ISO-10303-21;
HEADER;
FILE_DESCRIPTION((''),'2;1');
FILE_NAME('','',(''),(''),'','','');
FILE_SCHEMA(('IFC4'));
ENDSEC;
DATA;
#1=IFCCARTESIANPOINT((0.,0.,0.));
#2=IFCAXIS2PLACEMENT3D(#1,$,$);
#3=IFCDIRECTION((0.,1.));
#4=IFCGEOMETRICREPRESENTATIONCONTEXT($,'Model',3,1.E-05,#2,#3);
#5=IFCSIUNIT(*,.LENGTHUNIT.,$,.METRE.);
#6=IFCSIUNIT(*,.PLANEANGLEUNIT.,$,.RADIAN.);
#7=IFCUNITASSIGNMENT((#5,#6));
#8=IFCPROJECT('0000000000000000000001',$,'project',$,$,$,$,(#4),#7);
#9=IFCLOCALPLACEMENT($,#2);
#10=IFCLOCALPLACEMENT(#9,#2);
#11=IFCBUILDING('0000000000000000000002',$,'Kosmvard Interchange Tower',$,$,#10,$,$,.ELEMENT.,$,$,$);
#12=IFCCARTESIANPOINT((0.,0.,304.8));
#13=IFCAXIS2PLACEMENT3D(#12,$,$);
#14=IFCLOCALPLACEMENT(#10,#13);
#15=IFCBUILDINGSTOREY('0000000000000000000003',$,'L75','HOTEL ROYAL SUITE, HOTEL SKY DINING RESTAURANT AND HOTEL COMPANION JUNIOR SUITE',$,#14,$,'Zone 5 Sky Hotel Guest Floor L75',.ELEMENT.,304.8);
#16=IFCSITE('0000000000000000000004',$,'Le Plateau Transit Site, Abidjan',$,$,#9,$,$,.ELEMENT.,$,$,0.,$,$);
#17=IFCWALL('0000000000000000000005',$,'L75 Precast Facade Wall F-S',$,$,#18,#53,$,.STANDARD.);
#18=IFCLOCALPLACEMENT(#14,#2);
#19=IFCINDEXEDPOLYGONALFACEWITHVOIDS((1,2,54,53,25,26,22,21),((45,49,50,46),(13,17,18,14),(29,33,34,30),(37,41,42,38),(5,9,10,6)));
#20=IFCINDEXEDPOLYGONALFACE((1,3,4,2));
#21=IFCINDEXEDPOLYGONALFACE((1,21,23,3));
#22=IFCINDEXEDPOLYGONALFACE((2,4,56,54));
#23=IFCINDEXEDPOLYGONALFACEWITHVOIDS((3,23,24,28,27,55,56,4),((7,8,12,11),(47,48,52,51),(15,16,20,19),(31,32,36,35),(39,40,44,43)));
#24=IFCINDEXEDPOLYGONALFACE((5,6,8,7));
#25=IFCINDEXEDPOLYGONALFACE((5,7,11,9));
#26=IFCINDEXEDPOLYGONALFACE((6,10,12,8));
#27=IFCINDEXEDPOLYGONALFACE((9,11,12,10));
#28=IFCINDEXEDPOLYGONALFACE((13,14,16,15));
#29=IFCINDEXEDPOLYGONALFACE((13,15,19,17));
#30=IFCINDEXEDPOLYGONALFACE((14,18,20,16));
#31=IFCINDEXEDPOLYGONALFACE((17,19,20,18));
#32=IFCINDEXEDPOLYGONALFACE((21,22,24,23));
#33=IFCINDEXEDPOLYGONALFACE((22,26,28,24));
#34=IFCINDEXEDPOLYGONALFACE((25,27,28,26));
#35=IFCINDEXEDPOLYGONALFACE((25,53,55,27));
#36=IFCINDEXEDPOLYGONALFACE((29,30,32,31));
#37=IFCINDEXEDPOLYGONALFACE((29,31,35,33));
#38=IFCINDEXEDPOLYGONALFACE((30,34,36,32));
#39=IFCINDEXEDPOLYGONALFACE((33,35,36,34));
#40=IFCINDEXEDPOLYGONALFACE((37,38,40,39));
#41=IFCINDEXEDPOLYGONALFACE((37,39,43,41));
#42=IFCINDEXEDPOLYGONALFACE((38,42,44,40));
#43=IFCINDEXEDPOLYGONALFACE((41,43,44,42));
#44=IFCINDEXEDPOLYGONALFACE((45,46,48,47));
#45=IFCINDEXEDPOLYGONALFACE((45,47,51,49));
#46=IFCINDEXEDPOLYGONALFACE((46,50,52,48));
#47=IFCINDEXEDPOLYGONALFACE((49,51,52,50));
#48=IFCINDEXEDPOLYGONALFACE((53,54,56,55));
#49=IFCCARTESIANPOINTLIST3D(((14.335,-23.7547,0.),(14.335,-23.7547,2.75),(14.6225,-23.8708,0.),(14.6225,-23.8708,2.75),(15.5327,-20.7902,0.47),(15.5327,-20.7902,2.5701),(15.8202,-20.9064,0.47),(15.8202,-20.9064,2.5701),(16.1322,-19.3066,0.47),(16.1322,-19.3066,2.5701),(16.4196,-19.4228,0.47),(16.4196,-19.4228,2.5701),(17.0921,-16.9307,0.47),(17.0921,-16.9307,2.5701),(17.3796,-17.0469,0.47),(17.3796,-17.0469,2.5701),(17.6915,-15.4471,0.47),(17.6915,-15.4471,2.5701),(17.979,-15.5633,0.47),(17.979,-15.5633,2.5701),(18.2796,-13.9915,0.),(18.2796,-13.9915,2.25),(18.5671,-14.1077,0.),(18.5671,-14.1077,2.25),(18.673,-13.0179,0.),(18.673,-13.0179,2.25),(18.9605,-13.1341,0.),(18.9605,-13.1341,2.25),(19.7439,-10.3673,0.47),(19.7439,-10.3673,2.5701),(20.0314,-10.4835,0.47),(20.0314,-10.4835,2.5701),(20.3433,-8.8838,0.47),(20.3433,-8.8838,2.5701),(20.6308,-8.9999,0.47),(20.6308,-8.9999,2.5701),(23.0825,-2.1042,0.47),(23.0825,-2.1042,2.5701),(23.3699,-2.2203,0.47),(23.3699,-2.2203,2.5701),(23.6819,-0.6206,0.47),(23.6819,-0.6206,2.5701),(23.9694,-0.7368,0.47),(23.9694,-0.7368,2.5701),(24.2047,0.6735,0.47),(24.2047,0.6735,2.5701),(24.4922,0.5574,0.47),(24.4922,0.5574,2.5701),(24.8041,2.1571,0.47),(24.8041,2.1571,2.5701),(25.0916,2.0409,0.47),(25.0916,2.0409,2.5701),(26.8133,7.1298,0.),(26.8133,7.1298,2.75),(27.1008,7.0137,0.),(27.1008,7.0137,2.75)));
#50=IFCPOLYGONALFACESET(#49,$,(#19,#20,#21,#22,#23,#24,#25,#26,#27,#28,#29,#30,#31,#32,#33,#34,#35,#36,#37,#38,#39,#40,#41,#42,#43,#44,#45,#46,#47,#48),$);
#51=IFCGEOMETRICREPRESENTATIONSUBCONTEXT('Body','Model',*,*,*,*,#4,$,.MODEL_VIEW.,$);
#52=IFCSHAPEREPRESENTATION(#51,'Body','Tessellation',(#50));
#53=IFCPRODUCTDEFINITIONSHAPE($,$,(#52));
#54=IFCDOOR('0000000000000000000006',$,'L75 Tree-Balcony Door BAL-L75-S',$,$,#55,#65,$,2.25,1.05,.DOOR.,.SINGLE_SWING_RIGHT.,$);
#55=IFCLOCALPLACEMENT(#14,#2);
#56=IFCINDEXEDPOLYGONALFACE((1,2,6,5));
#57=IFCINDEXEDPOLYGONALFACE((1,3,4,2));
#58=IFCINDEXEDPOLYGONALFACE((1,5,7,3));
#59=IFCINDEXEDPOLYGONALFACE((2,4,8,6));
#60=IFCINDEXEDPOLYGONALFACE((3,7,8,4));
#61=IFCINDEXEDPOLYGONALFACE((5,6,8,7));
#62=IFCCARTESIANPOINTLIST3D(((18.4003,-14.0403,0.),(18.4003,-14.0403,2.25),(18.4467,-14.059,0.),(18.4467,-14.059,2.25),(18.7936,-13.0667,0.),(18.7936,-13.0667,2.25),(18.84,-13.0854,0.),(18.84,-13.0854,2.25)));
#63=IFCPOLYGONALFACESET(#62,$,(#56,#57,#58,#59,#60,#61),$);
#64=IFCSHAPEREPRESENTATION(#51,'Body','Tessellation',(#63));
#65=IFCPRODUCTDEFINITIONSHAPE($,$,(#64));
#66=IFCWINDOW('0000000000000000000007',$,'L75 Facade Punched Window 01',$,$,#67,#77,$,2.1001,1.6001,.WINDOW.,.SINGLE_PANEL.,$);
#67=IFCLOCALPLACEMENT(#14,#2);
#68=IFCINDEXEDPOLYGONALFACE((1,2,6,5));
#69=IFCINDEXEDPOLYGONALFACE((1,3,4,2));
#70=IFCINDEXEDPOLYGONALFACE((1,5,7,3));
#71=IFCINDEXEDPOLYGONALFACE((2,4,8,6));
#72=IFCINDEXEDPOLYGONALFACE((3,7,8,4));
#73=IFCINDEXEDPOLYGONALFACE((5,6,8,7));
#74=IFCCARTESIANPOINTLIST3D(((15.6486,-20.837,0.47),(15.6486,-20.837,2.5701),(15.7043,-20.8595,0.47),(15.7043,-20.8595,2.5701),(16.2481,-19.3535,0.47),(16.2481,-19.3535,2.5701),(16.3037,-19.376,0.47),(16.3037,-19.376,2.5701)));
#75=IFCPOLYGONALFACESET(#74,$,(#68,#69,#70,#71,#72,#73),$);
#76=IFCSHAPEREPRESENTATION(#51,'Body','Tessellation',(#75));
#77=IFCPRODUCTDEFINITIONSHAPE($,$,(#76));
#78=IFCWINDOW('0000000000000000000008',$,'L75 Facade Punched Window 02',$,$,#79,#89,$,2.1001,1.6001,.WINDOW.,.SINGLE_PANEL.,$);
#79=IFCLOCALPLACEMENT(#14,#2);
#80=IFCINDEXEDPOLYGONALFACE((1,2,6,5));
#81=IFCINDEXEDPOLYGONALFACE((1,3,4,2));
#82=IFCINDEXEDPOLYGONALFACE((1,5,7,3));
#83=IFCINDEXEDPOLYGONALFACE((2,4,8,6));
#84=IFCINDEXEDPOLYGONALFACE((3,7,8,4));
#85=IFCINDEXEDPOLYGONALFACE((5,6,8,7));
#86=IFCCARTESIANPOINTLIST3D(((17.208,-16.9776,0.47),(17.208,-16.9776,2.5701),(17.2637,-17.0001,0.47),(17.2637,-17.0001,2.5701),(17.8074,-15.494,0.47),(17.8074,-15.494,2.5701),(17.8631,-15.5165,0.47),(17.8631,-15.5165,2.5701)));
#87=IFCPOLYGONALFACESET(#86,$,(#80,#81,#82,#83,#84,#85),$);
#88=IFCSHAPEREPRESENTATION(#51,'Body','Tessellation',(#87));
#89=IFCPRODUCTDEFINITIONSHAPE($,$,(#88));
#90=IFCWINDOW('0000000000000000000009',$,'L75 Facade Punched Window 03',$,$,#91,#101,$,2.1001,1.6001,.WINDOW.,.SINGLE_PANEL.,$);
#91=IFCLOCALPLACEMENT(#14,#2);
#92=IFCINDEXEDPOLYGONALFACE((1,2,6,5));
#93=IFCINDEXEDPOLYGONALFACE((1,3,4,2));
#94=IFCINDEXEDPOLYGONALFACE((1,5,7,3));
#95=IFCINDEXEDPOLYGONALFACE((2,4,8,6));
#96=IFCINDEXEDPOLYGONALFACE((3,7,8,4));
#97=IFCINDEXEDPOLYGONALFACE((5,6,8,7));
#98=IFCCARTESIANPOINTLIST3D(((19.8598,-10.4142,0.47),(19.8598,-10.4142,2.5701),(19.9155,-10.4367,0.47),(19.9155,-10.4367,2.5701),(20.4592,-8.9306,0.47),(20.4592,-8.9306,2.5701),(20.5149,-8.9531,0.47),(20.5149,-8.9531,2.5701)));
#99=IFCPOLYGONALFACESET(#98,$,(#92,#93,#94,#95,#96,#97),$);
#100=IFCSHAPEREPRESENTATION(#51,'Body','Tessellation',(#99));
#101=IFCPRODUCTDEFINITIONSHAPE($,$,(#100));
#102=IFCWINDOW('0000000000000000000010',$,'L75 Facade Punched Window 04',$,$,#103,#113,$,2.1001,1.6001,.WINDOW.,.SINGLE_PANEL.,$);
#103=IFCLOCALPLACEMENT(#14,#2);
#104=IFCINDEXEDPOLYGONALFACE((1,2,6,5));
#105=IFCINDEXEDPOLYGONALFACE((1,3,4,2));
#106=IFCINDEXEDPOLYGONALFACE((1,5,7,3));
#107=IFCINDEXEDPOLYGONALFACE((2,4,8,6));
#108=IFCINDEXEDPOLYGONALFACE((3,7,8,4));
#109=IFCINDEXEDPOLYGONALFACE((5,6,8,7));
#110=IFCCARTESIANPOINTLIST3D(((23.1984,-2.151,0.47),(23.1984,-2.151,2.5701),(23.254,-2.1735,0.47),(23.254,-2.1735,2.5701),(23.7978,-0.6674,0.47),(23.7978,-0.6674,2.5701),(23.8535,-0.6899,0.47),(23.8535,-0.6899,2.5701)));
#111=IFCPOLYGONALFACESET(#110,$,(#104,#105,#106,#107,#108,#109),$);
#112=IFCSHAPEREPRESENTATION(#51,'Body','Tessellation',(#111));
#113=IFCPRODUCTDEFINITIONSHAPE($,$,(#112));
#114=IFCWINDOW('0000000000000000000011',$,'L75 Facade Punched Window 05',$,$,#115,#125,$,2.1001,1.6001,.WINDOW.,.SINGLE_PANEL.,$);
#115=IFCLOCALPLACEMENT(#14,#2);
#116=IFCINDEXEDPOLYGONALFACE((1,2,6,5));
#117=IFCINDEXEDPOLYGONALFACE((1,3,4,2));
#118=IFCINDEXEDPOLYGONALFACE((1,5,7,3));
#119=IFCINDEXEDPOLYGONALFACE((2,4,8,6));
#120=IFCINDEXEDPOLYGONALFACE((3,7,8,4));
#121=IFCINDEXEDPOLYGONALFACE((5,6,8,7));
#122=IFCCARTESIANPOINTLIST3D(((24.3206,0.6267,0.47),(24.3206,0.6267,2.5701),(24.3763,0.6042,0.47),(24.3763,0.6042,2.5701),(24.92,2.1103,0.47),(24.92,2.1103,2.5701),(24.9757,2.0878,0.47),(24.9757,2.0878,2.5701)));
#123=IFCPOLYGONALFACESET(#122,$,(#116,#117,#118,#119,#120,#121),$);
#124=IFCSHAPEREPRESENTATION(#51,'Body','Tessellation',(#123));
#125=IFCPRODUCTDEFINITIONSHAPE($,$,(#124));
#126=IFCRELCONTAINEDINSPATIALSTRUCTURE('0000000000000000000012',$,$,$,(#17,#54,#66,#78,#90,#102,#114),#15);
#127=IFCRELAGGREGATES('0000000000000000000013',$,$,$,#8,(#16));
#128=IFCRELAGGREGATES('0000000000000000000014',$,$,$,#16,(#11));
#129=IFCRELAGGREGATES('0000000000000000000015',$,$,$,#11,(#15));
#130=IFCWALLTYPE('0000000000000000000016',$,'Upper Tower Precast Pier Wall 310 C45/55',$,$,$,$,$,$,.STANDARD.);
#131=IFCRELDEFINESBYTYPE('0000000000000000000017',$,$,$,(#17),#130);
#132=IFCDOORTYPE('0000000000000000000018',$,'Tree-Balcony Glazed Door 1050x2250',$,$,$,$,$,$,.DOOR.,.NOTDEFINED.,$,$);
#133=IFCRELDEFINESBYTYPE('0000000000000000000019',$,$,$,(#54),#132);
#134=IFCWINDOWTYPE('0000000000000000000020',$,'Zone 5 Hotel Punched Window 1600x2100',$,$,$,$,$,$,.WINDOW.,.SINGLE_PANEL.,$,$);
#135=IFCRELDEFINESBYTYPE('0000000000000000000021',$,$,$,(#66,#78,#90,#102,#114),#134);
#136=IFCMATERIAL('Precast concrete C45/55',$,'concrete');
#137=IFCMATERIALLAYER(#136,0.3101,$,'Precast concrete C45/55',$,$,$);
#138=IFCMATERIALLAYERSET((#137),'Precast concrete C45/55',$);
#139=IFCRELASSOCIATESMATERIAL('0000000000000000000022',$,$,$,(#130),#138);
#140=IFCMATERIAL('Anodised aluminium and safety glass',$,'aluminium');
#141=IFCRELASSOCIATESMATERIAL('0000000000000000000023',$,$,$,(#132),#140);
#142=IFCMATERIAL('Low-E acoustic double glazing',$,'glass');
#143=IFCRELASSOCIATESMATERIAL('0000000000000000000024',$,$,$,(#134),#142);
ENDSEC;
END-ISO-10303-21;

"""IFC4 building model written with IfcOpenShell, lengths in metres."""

from ifc_helpers import new_model, si_unit, direction, frame, frame_2d, origin, place, context, subcontext, project, spatial, rectangle, extrude, source, transform, mapped, material, layer, layer_set, type_object, element, fill, save


model = new_model("IFC4")

# Units and contexts
model_context = context("Model", 3, precision=1e-05, world=origin(), true_north=direction((0.0, 1.0)))
body_context = subcontext(model_context, "Body", "Model", "MODEL_VIEW")
ifc_project = project(units=[si_unit("LENGTHUNIT", "METRE"), si_unit("PLANEANGLEUNIT", "RADIAN")], contexts=[model_context])

# Site, building, storey
site_placement = place(None, origin())
site = spatial("IfcSite", under=ifc_project, at=site_placement, Name="Le Plateau Transit Site, Abidjan", CompositionType="ELEMENT", RefElevation=0.0)
building_placement = place(site_placement, origin())
building = spatial("IfcBuilding", under=site, at=building_placement, Name="Kosmvard Interchange Tower", CompositionType="ELEMENT")
storey_placement = place(building_placement, frame((0.0, 0.0, 304.8)))
storey = spatial("IfcBuildingStorey", under=building, at=storey_placement, Name="L75", Description="HOTEL ROYAL SUITE, HOTEL SKY DINING RESTAURANT AND HOTEL COMPANION JUNIOR SUITE", LongName="Zone 5 Sky Hotel Guest Floor L75", CompositionType="ELEMENT", Elevation=304.8)

# Wall, openings, door, windows
ifc_material_1 = material(Name="Precast concrete C45/55", Category="concrete")
ifc_layer_1 = layer(ifc_material_1, 0.3101, Name="Precast concrete C45/55")
ifc_layer_set_1 = layer_set([ifc_layer_1], Name="Precast concrete C45/55")
wall_type = type_object("IfcWallType", Name="Upper Tower Precast Pier Wall 310 C45/55", PredefinedType="STANDARD", material=ifc_layer_set_1)
wall_placement = place(storey_placement, frame((14.4788, -23.8127, 0.0), z_axis=(0.0, 0.0, 1.0), x_axis=(0.37461, 0.927183, 0.0)))
wall = element("IfcWall", 1, at=wall_placement, inside=storey, type_object=wall_type, Name="L75 Precast Facade Wall F-S", PredefinedType="STANDARD", context=body_context, shape_type="SweptSolid", body=[
    extrude(rectangle(XDim=33.3101, YDim=0.3101, at=frame_2d((16.655, 0.0))), origin(), (0.0, 0.0, 1.0), 2.75),
])
opening_1_placement = place(wall_placement, frame((10.53, 0.0, 0.0)))
opening_1 = element("IfcOpeningElement", 2, at=opening_1_placement, cuts=wall, PredefinedType="OPENING", context=body_context, shape_type="SweptSolid", body=[
    extrude(rectangle(XDim=1.05, YDim=2.25, at=frame_2d((0.5249, 1.125))), frame((0.0, 0.165, 0.0), z_axis=(0.0, -1.0, 0.0), x_axis=(1.0, 0.0, 0.0)), (0.0, 0.0, 1.0), 0.3301),
])
opening_2_placement = place(wall_placement, frame((3.1973, 0.0, 0.47)))
opening_2 = element("IfcOpeningElement", 3, at=opening_2_placement, cuts=wall, PredefinedType="OPENING", context=body_context, shape_type="SweptSolid", body=[
    extrude(rectangle(XDim=1.6001, YDim=2.1001, at=frame_2d((0.8, 1.05))), frame((0.0, 0.165, 0.0), z_axis=(0.0, -1.0, 0.0), x_axis=(1.0, 0.0, 0.0)), (0.0, 0.0, 1.0), 0.3301),
])
opening_3_placement = place(wall_placement, frame((7.3599, 0.0, 0.47)))
opening_3 = element("IfcOpeningElement", 4, at=opening_3_placement, cuts=wall, PredefinedType="OPENING", context=body_context, shape_type="SweptSolid", body=[
    extrude(rectangle(XDim=1.6001, YDim=2.1001, at=frame_2d((0.8, 1.05))), frame((0.0, 0.165, 0.0), z_axis=(0.0, -1.0, 0.0), x_axis=(1.0, 0.0, 0.0)), (0.0, 0.0, 1.0), 0.3301),
])
opening_4_placement = place(wall_placement, frame((14.4387, 0.0, 0.47)))
opening_4 = element("IfcOpeningElement", 5, at=opening_4_placement, cuts=wall, PredefinedType="OPENING", context=body_context, shape_type="SweptSolid", body=[
    extrude(rectangle(XDim=1.6001, YDim=2.1001, at=frame_2d((0.8, 1.05))), frame((0.0, 0.165, 0.0), z_axis=(0.0, -1.0, 0.0), x_axis=(1.0, 0.0, 0.0)), (0.0, 0.0, 1.0), 0.3301),
])
opening_5_placement = place(wall_placement, frame((23.3508, 0.0, 0.47)))
opening_5 = element("IfcOpeningElement", 6, at=opening_5_placement, cuts=wall, PredefinedType="OPENING", context=body_context, shape_type="SweptSolid", body=[
    extrude(rectangle(XDim=1.6001, YDim=2.1001, at=frame_2d((0.8, 1.05))), frame((0.0, 0.165, 0.0), z_axis=(0.0, -1.0, 0.0), x_axis=(1.0, 0.0, 0.0)), (0.0, 0.0, 1.0), 0.3301),
])
opening_6_placement = place(wall_placement, frame((26.3467, 0.0, 0.47)))
opening_6 = element("IfcOpeningElement", 7, at=opening_6_placement, cuts=wall, PredefinedType="OPENING", context=body_context, shape_type="SweptSolid", body=[
    extrude(rectangle(XDim=1.6001, YDim=2.1001, at=frame_2d((0.8, 1.05))), frame((0.0, 0.165, 0.0), z_axis=(0.0, -1.0, 0.0), x_axis=(1.0, 0.0, 0.0)), (0.0, 0.0, 1.0), 0.3301),
])
ifc_material_2 = material(Name="Anodised aluminium and safety glass", Category="aluminium")
door_type = type_object("IfcDoorType", Name="Tree-Balcony Glazed Door 1050x2250", OperationType="NOTDEFINED", PredefinedType="DOOR", material=ifc_material_2)
shared_shape_1 = source(origin(), body_context, "Body", "SweptSolid", [
    extrude(rectangle(XDim=1.05, YDim=2.25, at=frame_2d((0.5249, 1.125))), frame((0.0, 0.0249, 0.0), z_axis=(0.0, -1.0, 0.0), x_axis=(1.0, 0.0, 0.0)), (0.0, 0.0, 1.0), 0.05),
])
door_placement = place(opening_1_placement, origin())
door = element("IfcDoor", 8, at=door_placement, inside=storey, type_object=door_type, Name="L75 Tree-Balcony Door BAL-L75-S", OperationType="SINGLE_SWING_RIGHT", OverallHeight=2.25, OverallWidth=1.05, PredefinedType="DOOR", context=body_context, shape_type="MappedRepresentation", body=[
    mapped(shared_shape_1, transform((0.0, 0.0, 0.0), scale=1.0)),
])
fill(opening_1, door)
ifc_material_3 = material(Name="Low-E acoustic double glazing", Category="glass")
window_type = type_object("IfcWindowType", Name="Zone 5 Hotel Punched Window 1600x2100", PartitioningType="SINGLE_PANEL", PredefinedType="WINDOW", material=ifc_material_3)
shared_shape_2 = source(origin(), body_context, "Body", "SweptSolid", [
    extrude(rectangle(XDim=1.6001, YDim=2.1001, at=frame_2d((0.8, 1.05))), frame((0.0, 0.03, 0.0), z_axis=(0.0, -1.0, 0.0), x_axis=(1.0, 0.0, 0.0)), (0.0, 0.0, 1.0), 0.0601),
])
window_1_placement = place(opening_2_placement, origin())
window_1 = element("IfcWindow", 9, at=window_1_placement, inside=storey, type_object=window_type, Name="L75 Facade Punched Window 01", OverallHeight=2.1001, OverallWidth=1.6001, PartitioningType="SINGLE_PANEL", PredefinedType="WINDOW", context=body_context, shape_type="MappedRepresentation", body=[
    mapped(shared_shape_2, transform((0.0, 0.0, 0.0), scale=1.0)),
])
fill(opening_2, window_1)
window_2_placement = place(opening_3_placement, origin())
window_2 = element("IfcWindow", 10, at=window_2_placement, inside=storey, type_object=window_type, Name="L75 Facade Punched Window 02", OverallHeight=2.1001, OverallWidth=1.6001, PartitioningType="SINGLE_PANEL", PredefinedType="WINDOW", context=body_context, shape_type="MappedRepresentation", body=[
    mapped(shared_shape_2, transform((0.0, 0.0, 0.0), scale=1.0)),
])
fill(opening_3, window_2)
window_3_placement = place(opening_4_placement, origin())
window_3 = element("IfcWindow", 11, at=window_3_placement, inside=storey, type_object=window_type, Name="L75 Facade Punched Window 03", OverallHeight=2.1001, OverallWidth=1.6001, PartitioningType="SINGLE_PANEL", PredefinedType="WINDOW", context=body_context, shape_type="MappedRepresentation", body=[
    mapped(shared_shape_2, transform((0.0, 0.0, 0.0), scale=1.0)),
])
fill(opening_4, window_3)
window_4_placement = place(opening_5_placement, origin())
window_4 = element("IfcWindow", 12, at=window_4_placement, inside=storey, type_object=window_type, Name="L75 Facade Punched Window 04", OverallHeight=2.1001, OverallWidth=1.6001, PartitioningType="SINGLE_PANEL", PredefinedType="WINDOW", context=body_context, shape_type="MappedRepresentation", body=[
    mapped(shared_shape_2, transform((0.0, 0.0, 0.0), scale=1.0)),
])
fill(opening_5, window_4)
window_5_placement = place(opening_6_placement, origin())
window_5 = element("IfcWindow", 13, at=window_5_placement, inside=storey, type_object=window_type, Name="L75 Facade Punched Window 05", OverallHeight=2.1001, OverallWidth=1.6001, PartitioningType="SINGLE_PANEL", PredefinedType="WINDOW", context=body_context, shape_type="MappedRepresentation", body=[
    mapped(shared_shape_2, transform((0.0, 0.0, 0.0), scale=1.0)),
])
fill(opening_6, window_5)

save(model, "model.ifc")
